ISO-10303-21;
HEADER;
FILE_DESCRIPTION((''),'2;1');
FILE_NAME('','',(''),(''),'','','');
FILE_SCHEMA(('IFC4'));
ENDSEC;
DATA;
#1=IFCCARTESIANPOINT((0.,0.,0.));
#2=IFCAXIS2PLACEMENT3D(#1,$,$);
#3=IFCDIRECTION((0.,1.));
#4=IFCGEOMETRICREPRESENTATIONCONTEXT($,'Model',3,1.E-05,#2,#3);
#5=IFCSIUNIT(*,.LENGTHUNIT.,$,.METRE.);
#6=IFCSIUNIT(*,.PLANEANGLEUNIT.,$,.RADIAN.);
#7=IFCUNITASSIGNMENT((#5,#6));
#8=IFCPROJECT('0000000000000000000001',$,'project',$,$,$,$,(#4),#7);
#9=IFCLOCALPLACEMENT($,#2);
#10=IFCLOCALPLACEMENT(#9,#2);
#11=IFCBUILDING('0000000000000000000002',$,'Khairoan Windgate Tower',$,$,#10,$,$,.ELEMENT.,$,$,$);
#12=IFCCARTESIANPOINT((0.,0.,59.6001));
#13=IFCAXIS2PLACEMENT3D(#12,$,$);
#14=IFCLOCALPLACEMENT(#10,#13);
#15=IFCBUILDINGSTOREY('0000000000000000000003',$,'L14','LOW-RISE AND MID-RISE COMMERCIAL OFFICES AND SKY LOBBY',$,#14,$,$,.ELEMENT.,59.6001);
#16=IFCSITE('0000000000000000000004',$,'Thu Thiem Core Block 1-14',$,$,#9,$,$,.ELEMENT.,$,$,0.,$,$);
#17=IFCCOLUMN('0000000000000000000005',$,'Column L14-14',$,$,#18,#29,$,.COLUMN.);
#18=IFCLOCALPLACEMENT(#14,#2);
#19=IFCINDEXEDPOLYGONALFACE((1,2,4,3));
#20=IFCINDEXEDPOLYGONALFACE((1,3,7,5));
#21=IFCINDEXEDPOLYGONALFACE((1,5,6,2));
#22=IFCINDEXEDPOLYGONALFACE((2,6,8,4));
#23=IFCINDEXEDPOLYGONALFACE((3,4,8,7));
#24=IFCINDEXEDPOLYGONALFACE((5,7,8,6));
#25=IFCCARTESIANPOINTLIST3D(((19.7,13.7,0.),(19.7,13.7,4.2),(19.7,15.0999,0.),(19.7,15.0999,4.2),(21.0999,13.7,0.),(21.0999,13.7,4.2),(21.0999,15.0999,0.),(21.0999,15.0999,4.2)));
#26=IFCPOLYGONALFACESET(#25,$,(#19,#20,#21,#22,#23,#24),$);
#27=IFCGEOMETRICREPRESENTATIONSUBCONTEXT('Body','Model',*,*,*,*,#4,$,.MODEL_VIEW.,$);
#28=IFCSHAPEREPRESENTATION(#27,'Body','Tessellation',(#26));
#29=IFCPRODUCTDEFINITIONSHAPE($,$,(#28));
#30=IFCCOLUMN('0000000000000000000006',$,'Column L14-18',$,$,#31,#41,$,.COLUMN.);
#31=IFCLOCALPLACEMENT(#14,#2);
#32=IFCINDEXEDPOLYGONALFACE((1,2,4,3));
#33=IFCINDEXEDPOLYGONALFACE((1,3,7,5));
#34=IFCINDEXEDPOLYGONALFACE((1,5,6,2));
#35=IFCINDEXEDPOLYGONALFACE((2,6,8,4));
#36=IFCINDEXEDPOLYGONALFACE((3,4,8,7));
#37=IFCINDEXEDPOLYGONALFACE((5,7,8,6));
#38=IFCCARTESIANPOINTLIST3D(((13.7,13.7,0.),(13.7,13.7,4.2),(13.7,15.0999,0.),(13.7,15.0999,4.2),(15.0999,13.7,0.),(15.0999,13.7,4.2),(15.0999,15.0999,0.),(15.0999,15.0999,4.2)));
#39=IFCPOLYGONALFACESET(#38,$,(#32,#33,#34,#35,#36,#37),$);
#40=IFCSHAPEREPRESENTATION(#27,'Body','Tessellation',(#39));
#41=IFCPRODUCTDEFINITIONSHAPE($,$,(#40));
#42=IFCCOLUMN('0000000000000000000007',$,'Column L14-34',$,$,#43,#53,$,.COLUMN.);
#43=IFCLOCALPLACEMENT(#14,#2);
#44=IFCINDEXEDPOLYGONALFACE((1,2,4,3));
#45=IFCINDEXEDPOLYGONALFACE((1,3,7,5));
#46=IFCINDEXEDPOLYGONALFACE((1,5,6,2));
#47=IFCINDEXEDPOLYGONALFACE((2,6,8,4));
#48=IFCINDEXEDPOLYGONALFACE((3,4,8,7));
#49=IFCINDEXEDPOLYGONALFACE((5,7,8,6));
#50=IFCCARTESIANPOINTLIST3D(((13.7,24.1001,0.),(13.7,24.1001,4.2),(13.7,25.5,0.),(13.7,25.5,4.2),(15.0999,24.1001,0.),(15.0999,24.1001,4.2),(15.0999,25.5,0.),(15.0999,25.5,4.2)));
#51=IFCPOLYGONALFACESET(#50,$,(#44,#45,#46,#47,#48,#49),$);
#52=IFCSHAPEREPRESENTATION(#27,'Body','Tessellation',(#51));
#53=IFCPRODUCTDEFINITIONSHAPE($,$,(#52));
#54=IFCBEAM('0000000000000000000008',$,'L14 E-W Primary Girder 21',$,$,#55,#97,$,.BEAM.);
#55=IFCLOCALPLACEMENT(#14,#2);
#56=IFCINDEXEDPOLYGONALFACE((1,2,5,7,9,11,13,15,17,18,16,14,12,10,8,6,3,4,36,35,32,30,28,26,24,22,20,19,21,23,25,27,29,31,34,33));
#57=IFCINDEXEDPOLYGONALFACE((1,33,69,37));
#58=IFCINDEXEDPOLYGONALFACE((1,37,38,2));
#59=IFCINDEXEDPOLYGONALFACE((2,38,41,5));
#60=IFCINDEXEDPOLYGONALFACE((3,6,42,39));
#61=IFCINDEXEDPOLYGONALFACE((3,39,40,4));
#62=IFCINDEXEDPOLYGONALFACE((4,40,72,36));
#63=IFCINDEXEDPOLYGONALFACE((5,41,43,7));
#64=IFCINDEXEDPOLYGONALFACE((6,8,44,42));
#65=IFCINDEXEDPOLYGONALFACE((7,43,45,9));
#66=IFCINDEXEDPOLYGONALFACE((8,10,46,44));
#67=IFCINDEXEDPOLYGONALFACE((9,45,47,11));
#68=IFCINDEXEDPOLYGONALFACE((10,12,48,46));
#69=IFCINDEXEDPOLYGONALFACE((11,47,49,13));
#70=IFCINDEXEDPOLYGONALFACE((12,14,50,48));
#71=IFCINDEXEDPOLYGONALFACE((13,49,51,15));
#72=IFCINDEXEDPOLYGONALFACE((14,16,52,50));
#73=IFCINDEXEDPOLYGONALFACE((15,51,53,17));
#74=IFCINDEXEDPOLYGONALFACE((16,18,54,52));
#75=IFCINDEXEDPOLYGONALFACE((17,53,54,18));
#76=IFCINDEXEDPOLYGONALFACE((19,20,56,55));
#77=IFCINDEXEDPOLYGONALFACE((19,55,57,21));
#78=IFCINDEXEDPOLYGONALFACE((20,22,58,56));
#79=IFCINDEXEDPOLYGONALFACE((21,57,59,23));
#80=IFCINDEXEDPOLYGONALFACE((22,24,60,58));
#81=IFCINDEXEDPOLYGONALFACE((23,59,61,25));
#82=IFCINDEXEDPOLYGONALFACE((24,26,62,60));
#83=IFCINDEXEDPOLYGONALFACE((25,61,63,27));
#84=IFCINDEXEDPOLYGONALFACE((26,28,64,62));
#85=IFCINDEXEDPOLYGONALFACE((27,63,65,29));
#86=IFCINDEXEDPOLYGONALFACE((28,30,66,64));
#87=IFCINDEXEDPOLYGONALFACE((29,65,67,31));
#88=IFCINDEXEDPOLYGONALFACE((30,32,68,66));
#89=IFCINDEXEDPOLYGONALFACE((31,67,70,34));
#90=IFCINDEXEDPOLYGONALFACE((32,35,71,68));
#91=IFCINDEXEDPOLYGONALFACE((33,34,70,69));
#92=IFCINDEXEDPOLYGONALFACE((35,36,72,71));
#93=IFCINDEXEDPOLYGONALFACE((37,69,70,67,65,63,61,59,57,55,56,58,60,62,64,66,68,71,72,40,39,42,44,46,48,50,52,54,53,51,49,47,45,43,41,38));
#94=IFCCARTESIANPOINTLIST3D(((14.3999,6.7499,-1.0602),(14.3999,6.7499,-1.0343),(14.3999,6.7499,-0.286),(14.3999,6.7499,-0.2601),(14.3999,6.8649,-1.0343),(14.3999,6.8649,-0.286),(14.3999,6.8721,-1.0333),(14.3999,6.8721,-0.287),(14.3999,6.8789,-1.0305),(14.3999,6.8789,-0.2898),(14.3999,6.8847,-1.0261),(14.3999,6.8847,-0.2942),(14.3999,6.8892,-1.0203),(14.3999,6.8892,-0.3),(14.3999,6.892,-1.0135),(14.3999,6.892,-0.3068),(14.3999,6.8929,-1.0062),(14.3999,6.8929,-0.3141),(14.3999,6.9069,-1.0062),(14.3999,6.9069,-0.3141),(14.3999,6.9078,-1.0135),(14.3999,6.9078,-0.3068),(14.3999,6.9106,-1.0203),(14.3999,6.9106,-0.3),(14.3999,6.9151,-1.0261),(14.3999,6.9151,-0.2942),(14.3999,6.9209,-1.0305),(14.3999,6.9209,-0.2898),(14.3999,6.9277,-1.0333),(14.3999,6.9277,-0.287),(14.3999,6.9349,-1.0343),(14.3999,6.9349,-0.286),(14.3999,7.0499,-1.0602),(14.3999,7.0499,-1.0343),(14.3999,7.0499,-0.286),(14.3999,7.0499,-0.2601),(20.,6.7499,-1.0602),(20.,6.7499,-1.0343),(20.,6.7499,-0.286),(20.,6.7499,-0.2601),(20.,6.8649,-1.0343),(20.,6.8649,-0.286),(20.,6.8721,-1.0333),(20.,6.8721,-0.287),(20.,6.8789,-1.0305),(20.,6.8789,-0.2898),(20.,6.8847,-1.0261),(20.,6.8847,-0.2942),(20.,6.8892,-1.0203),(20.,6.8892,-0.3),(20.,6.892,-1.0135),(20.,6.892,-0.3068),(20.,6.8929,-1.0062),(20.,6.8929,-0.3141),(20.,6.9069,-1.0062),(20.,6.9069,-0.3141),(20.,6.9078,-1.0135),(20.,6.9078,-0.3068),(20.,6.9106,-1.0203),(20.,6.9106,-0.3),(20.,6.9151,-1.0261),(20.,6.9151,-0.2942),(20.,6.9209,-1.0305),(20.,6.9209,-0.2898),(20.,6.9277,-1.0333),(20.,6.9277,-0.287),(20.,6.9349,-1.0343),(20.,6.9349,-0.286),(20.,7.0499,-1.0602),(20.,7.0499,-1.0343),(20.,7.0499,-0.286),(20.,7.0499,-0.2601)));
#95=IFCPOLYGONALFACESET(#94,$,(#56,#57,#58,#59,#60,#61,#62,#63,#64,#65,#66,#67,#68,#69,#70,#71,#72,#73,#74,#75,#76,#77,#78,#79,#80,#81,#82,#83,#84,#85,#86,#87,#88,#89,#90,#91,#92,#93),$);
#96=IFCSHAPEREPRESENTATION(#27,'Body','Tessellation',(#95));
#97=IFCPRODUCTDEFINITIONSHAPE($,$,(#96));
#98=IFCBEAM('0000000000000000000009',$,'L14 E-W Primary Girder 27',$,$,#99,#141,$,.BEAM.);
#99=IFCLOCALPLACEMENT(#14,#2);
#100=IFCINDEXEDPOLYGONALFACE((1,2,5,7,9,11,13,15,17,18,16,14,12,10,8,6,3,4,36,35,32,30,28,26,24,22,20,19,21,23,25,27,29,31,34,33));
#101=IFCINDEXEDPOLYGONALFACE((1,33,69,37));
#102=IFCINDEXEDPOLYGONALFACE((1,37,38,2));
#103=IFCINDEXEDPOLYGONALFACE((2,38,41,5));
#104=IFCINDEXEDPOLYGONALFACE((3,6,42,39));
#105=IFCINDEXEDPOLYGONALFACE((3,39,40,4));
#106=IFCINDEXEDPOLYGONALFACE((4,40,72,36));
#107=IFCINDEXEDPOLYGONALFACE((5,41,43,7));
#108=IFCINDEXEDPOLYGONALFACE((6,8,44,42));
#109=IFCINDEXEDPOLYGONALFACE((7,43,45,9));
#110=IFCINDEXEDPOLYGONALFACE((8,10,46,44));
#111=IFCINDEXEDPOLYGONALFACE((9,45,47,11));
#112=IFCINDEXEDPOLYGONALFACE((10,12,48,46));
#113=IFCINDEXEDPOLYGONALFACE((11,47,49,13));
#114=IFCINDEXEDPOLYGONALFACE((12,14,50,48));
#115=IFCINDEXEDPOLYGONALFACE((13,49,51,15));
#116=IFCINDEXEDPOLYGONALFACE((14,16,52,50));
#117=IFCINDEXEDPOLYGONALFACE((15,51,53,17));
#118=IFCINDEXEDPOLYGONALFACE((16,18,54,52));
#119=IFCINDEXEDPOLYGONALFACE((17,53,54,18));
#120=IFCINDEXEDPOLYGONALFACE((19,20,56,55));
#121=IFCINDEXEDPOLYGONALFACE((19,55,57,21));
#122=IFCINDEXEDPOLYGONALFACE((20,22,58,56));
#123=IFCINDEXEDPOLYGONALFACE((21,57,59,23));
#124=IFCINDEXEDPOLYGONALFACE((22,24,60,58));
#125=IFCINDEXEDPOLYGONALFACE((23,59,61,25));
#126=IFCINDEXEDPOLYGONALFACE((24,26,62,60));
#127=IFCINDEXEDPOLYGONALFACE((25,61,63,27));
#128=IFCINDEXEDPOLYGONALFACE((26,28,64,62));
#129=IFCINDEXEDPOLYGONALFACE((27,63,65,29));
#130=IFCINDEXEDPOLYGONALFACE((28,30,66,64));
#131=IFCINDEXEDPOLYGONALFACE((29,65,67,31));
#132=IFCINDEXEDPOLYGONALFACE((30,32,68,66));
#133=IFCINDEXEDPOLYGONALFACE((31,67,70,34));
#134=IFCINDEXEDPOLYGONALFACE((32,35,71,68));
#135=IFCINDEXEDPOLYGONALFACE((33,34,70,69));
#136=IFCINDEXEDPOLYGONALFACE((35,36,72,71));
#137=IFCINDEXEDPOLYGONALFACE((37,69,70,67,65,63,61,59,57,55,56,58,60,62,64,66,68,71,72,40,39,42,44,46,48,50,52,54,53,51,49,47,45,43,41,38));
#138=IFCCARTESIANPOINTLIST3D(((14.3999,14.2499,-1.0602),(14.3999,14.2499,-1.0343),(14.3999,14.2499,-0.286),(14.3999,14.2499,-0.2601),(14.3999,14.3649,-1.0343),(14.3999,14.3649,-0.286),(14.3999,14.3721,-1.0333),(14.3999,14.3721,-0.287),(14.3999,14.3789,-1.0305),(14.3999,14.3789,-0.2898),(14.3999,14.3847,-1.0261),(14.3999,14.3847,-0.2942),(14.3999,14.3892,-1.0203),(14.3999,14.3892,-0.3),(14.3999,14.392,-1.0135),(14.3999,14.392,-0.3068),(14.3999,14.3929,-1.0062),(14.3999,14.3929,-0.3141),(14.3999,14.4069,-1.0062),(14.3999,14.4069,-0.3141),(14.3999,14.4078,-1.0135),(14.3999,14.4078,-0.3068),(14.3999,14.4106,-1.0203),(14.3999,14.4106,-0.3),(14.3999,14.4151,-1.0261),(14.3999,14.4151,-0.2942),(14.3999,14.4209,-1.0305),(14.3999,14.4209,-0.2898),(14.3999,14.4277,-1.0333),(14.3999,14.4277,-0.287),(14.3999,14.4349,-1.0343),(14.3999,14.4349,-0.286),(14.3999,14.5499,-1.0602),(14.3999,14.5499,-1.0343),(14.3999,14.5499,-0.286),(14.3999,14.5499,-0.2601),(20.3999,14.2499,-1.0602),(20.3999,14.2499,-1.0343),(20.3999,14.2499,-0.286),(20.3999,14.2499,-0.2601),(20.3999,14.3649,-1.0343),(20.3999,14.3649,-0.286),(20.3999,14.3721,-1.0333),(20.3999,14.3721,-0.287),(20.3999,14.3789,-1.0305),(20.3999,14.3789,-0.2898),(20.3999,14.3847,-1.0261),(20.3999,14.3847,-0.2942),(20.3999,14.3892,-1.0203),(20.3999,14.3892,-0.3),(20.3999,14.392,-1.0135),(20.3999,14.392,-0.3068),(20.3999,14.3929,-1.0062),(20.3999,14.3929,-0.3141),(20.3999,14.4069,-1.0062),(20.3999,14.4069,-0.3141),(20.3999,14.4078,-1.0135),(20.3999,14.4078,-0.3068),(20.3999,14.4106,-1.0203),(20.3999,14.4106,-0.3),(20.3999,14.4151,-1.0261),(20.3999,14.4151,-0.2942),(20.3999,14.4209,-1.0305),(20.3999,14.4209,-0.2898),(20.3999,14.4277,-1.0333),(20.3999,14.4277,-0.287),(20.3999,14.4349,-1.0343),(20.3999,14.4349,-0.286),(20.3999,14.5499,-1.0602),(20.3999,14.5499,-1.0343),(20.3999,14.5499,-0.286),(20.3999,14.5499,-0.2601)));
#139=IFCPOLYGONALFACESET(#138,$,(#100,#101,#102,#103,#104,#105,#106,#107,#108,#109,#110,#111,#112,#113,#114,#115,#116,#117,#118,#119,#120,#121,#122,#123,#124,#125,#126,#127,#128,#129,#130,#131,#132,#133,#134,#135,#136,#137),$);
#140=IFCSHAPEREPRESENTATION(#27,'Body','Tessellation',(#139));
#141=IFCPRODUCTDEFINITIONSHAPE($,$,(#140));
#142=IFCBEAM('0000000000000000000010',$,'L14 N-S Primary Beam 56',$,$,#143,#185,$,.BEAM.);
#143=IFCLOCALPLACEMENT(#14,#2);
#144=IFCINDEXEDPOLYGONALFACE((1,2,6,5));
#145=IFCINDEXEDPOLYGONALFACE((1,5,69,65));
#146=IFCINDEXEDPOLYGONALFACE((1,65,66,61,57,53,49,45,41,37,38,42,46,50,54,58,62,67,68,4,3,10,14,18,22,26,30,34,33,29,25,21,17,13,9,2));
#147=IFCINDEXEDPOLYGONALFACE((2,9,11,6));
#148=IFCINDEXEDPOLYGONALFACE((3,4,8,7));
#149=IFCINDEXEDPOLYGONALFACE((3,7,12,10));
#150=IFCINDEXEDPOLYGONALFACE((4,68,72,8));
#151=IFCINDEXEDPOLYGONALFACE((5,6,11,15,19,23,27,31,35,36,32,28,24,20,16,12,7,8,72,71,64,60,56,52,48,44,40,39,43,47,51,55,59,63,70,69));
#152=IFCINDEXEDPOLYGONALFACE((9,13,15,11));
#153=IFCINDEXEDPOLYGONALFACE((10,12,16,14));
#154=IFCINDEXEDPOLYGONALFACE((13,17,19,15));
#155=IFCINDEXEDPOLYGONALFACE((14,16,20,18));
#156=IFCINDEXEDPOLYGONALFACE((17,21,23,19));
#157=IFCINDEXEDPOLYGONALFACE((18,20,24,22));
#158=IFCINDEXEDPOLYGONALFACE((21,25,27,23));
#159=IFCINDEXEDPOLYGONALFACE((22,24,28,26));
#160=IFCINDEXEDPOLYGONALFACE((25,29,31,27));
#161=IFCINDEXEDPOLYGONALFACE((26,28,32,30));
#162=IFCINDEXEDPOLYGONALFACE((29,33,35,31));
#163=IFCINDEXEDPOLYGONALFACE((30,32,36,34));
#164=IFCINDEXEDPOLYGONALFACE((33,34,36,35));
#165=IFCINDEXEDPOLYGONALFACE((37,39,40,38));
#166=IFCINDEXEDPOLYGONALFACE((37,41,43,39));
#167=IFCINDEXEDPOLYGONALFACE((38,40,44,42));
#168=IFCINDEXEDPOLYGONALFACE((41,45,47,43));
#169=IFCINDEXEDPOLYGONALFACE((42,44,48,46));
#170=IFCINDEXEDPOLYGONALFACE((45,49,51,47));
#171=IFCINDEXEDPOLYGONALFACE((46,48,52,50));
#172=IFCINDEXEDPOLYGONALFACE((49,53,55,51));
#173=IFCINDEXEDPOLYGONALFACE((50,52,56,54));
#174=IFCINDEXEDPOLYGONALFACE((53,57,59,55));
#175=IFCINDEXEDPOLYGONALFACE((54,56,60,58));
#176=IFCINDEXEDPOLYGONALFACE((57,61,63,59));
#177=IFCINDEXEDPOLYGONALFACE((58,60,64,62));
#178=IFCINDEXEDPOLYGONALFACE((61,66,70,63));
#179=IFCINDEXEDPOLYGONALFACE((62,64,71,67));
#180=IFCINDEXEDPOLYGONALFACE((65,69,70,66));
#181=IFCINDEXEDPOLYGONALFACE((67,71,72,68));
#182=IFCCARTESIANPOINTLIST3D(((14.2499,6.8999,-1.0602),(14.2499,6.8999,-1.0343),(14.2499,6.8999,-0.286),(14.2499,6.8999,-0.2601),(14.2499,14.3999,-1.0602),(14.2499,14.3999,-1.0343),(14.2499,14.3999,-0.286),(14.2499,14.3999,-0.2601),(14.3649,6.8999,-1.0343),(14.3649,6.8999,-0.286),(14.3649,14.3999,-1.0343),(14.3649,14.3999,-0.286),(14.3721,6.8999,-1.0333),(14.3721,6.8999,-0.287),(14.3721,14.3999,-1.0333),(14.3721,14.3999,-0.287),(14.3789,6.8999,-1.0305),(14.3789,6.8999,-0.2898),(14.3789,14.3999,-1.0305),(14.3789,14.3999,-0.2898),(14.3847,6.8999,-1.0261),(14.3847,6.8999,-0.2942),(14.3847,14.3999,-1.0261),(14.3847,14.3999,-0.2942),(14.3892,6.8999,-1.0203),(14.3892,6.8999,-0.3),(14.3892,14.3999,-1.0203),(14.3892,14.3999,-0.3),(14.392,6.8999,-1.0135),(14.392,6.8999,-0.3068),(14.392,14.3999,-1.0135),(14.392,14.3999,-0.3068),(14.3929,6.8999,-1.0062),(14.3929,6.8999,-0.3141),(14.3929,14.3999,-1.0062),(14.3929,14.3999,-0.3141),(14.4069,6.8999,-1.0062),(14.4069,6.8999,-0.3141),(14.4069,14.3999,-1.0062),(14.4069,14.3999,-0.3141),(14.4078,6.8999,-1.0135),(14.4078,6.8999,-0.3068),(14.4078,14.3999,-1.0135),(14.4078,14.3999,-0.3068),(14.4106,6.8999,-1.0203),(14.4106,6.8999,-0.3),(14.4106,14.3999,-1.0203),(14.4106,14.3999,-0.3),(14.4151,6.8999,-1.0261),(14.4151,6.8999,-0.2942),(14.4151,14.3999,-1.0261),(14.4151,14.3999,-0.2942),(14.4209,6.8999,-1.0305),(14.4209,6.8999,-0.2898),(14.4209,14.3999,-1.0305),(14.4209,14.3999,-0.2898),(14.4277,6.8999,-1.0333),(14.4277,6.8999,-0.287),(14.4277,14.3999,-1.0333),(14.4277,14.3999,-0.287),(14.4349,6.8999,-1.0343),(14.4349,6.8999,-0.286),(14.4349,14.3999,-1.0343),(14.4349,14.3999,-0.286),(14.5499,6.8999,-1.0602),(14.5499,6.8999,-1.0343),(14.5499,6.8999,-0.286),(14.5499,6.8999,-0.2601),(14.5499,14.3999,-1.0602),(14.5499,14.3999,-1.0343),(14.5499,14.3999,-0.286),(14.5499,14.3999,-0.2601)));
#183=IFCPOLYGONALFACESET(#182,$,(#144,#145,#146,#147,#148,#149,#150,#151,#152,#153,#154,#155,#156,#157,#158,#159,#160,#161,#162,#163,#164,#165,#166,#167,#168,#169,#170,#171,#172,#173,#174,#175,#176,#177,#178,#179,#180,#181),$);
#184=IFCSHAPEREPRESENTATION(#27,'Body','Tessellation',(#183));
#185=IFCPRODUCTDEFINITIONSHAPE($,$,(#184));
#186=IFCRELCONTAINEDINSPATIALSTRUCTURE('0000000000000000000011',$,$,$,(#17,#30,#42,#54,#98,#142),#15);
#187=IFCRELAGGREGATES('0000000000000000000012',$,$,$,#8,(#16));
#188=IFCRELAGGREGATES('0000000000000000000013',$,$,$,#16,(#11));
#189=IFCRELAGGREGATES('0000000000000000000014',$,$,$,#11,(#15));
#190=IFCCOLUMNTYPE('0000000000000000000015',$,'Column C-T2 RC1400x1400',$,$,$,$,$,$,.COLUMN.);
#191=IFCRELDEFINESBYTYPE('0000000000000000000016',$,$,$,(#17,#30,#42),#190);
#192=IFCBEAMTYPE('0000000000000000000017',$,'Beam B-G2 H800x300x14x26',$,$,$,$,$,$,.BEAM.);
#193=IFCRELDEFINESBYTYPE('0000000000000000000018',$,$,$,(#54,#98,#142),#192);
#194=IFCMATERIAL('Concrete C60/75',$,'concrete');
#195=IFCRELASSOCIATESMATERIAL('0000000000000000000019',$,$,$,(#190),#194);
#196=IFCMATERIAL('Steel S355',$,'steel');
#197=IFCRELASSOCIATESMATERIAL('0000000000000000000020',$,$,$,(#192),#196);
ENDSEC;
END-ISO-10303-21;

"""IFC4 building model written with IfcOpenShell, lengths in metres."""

from ifc_helpers import new_model, si_unit, direction, frame, origin, origin_2d, place, context, subcontext, project, spatial, rectangle, i_section, extrude, material, material_profile, profile_set, type_object, element, save


model = new_model("IFC4")

# Units and contexts
model_context = context("Model", 3, precision=1e-05, world=origin(), true_north=direction((0.0, 1.0)))
body_context = subcontext(model_context, "Body", "Model", "MODEL_VIEW")
ifc_project = project(units=[si_unit("LENGTHUNIT", "METRE"), si_unit("PLANEANGLEUNIT", "RADIAN")], contexts=[model_context])

# Site, building, storey
site_placement = place(None, origin())
site = spatial("IfcSite", under=ifc_project, at=site_placement, Name="Thu Thiem Core Block 1-14", CompositionType="ELEMENT", RefElevation=0.0)
building_placement = place(site_placement, origin())
building = spatial("IfcBuilding", under=site, at=building_placement, Name="Khairoan Windgate Tower", CompositionType="ELEMENT")
storey_placement = place(building_placement, frame((0.0, 0.0, 59.6001)))
storey = spatial("IfcBuildingStorey", under=building, at=storey_placement, Name="L14", Description="LOW-RISE AND MID-RISE COMMERCIAL OFFICES AND SKY LOBBY", CompositionType="ELEMENT", Elevation=59.6001)

# Columns
ifc_material_1 = material(Name="Concrete C60/75", Category="concrete")
ifc_material_profile_1 = material_profile(ifc_material_1, rectangle(XDim=1.3999, YDim=1.3999, at=origin_2d()))
ifc_profile_set_1 = profile_set([ifc_material_profile_1], Name="Concrete C60/75")
column_type = type_object("IfcColumnType", Name="Column C-T2 RC1400x1400", PredefinedType="COLUMN", material=ifc_profile_set_1)
for number, where, z_axis, x_axis, name in (
    (1, (20.3999, 14.3999, 0.0), (0.0, 0.0, 1.0), (1.0, 0.0, 0.0), "Column L14-14"),
    (2, (14.3999, 14.3999, 0.0), (0.0, 0.0, 1.0), (1.0, 0.0, 0.0), "Column L14-18"),
    (3, (14.3999, 24.8, 0.0), (0.0, 0.0, 1.0), (1.0, 0.0, 0.0), "Column L14-34"),
):
    element("IfcColumn", number, at=place(storey_placement, frame(where, z_axis=z_axis, x_axis=x_axis)), inside=storey, type_object=column_type, Name=name, PredefinedType="COLUMN", context=body_context, shape_type="SweptSolid", body=[
        extrude(rectangle(XDim=1.3999, YDim=1.3999, at=origin_2d()), origin(), (0.0, 0.0, 1.0), 4.2),
    ])

# Beams
ifc_material_2 = material(Name="Steel S355", Category="steel")
ifc_material_profile_2 = material_profile(ifc_material_2, i_section(OverallWidth=0.3, OverallDepth=0.8, WebThickness=0.0139, FlangeThickness=0.0259, FilletRadius=0.0281, at=origin_2d()))
ifc_profile_set_2 = profile_set([ifc_material_profile_2], Name="Steel S355")
beam_type_1 = type_object("IfcBeamType", Name="Beam B-G2 H800x300x14x26", PredefinedType="BEAM", material=ifc_profile_set_2)
beam_1_placement = place(storey_placement, frame((14.3999, 6.8999, -0.6602), z_axis=(1.0, 0.0, 0.0), x_axis=(0.0, 1.0, 0.0)))
element("IfcBeam", 4, at=beam_1_placement, inside=storey, type_object=beam_type_1, Name="L14 E-W Primary Girder 21", PredefinedType="BEAM", context=body_context, shape_type="SweptSolid", body=[
    extrude(i_section(OverallWidth=0.3, OverallDepth=0.8, WebThickness=0.0139, FlangeThickness=0.0259, FilletRadius=0.0281, at=origin_2d()), origin(), (0.0, 0.0, 1.0), 5.6001),
])
beam_2_placement = place(storey_placement, frame((14.3999, 14.3999, -0.6602), z_axis=(1.0, 0.0, 0.0), x_axis=(0.0, 1.0, 0.0)))
element("IfcBeam", 5, at=beam_2_placement, inside=storey, type_object=beam_type_1, Name="L14 E-W Primary Girder 27", PredefinedType="BEAM", context=body_context, shape_type="SweptSolid", body=[
    extrude(i_section(OverallWidth=0.3, OverallDepth=0.8, WebThickness=0.0139, FlangeThickness=0.0259, FilletRadius=0.0281, at=origin_2d()), origin(), (0.0, 0.0, 1.0), 6.0),
])
beam_3_placement = place(storey_placement, frame((14.3999, 6.8999, -0.6602), z_axis=(0.0, 1.0, 0.0), x_axis=(-1.0, 0.0, 0.0)))
element("IfcBeam", 6, at=beam_3_placement, inside=storey, type_object=beam_type_1, Name="L14 N-S Primary Beam 56", PredefinedType="BEAM", context=body_context, shape_type="SweptSolid", body=[
    extrude(i_section(OverallWidth=0.3, OverallDepth=0.8, WebThickness=0.0139, FlangeThickness=0.0259, FilletRadius=0.0281, at=origin_2d()), origin(), (0.0, 0.0, 1.0), 7.5),
])

save(model, "model.ifc")
